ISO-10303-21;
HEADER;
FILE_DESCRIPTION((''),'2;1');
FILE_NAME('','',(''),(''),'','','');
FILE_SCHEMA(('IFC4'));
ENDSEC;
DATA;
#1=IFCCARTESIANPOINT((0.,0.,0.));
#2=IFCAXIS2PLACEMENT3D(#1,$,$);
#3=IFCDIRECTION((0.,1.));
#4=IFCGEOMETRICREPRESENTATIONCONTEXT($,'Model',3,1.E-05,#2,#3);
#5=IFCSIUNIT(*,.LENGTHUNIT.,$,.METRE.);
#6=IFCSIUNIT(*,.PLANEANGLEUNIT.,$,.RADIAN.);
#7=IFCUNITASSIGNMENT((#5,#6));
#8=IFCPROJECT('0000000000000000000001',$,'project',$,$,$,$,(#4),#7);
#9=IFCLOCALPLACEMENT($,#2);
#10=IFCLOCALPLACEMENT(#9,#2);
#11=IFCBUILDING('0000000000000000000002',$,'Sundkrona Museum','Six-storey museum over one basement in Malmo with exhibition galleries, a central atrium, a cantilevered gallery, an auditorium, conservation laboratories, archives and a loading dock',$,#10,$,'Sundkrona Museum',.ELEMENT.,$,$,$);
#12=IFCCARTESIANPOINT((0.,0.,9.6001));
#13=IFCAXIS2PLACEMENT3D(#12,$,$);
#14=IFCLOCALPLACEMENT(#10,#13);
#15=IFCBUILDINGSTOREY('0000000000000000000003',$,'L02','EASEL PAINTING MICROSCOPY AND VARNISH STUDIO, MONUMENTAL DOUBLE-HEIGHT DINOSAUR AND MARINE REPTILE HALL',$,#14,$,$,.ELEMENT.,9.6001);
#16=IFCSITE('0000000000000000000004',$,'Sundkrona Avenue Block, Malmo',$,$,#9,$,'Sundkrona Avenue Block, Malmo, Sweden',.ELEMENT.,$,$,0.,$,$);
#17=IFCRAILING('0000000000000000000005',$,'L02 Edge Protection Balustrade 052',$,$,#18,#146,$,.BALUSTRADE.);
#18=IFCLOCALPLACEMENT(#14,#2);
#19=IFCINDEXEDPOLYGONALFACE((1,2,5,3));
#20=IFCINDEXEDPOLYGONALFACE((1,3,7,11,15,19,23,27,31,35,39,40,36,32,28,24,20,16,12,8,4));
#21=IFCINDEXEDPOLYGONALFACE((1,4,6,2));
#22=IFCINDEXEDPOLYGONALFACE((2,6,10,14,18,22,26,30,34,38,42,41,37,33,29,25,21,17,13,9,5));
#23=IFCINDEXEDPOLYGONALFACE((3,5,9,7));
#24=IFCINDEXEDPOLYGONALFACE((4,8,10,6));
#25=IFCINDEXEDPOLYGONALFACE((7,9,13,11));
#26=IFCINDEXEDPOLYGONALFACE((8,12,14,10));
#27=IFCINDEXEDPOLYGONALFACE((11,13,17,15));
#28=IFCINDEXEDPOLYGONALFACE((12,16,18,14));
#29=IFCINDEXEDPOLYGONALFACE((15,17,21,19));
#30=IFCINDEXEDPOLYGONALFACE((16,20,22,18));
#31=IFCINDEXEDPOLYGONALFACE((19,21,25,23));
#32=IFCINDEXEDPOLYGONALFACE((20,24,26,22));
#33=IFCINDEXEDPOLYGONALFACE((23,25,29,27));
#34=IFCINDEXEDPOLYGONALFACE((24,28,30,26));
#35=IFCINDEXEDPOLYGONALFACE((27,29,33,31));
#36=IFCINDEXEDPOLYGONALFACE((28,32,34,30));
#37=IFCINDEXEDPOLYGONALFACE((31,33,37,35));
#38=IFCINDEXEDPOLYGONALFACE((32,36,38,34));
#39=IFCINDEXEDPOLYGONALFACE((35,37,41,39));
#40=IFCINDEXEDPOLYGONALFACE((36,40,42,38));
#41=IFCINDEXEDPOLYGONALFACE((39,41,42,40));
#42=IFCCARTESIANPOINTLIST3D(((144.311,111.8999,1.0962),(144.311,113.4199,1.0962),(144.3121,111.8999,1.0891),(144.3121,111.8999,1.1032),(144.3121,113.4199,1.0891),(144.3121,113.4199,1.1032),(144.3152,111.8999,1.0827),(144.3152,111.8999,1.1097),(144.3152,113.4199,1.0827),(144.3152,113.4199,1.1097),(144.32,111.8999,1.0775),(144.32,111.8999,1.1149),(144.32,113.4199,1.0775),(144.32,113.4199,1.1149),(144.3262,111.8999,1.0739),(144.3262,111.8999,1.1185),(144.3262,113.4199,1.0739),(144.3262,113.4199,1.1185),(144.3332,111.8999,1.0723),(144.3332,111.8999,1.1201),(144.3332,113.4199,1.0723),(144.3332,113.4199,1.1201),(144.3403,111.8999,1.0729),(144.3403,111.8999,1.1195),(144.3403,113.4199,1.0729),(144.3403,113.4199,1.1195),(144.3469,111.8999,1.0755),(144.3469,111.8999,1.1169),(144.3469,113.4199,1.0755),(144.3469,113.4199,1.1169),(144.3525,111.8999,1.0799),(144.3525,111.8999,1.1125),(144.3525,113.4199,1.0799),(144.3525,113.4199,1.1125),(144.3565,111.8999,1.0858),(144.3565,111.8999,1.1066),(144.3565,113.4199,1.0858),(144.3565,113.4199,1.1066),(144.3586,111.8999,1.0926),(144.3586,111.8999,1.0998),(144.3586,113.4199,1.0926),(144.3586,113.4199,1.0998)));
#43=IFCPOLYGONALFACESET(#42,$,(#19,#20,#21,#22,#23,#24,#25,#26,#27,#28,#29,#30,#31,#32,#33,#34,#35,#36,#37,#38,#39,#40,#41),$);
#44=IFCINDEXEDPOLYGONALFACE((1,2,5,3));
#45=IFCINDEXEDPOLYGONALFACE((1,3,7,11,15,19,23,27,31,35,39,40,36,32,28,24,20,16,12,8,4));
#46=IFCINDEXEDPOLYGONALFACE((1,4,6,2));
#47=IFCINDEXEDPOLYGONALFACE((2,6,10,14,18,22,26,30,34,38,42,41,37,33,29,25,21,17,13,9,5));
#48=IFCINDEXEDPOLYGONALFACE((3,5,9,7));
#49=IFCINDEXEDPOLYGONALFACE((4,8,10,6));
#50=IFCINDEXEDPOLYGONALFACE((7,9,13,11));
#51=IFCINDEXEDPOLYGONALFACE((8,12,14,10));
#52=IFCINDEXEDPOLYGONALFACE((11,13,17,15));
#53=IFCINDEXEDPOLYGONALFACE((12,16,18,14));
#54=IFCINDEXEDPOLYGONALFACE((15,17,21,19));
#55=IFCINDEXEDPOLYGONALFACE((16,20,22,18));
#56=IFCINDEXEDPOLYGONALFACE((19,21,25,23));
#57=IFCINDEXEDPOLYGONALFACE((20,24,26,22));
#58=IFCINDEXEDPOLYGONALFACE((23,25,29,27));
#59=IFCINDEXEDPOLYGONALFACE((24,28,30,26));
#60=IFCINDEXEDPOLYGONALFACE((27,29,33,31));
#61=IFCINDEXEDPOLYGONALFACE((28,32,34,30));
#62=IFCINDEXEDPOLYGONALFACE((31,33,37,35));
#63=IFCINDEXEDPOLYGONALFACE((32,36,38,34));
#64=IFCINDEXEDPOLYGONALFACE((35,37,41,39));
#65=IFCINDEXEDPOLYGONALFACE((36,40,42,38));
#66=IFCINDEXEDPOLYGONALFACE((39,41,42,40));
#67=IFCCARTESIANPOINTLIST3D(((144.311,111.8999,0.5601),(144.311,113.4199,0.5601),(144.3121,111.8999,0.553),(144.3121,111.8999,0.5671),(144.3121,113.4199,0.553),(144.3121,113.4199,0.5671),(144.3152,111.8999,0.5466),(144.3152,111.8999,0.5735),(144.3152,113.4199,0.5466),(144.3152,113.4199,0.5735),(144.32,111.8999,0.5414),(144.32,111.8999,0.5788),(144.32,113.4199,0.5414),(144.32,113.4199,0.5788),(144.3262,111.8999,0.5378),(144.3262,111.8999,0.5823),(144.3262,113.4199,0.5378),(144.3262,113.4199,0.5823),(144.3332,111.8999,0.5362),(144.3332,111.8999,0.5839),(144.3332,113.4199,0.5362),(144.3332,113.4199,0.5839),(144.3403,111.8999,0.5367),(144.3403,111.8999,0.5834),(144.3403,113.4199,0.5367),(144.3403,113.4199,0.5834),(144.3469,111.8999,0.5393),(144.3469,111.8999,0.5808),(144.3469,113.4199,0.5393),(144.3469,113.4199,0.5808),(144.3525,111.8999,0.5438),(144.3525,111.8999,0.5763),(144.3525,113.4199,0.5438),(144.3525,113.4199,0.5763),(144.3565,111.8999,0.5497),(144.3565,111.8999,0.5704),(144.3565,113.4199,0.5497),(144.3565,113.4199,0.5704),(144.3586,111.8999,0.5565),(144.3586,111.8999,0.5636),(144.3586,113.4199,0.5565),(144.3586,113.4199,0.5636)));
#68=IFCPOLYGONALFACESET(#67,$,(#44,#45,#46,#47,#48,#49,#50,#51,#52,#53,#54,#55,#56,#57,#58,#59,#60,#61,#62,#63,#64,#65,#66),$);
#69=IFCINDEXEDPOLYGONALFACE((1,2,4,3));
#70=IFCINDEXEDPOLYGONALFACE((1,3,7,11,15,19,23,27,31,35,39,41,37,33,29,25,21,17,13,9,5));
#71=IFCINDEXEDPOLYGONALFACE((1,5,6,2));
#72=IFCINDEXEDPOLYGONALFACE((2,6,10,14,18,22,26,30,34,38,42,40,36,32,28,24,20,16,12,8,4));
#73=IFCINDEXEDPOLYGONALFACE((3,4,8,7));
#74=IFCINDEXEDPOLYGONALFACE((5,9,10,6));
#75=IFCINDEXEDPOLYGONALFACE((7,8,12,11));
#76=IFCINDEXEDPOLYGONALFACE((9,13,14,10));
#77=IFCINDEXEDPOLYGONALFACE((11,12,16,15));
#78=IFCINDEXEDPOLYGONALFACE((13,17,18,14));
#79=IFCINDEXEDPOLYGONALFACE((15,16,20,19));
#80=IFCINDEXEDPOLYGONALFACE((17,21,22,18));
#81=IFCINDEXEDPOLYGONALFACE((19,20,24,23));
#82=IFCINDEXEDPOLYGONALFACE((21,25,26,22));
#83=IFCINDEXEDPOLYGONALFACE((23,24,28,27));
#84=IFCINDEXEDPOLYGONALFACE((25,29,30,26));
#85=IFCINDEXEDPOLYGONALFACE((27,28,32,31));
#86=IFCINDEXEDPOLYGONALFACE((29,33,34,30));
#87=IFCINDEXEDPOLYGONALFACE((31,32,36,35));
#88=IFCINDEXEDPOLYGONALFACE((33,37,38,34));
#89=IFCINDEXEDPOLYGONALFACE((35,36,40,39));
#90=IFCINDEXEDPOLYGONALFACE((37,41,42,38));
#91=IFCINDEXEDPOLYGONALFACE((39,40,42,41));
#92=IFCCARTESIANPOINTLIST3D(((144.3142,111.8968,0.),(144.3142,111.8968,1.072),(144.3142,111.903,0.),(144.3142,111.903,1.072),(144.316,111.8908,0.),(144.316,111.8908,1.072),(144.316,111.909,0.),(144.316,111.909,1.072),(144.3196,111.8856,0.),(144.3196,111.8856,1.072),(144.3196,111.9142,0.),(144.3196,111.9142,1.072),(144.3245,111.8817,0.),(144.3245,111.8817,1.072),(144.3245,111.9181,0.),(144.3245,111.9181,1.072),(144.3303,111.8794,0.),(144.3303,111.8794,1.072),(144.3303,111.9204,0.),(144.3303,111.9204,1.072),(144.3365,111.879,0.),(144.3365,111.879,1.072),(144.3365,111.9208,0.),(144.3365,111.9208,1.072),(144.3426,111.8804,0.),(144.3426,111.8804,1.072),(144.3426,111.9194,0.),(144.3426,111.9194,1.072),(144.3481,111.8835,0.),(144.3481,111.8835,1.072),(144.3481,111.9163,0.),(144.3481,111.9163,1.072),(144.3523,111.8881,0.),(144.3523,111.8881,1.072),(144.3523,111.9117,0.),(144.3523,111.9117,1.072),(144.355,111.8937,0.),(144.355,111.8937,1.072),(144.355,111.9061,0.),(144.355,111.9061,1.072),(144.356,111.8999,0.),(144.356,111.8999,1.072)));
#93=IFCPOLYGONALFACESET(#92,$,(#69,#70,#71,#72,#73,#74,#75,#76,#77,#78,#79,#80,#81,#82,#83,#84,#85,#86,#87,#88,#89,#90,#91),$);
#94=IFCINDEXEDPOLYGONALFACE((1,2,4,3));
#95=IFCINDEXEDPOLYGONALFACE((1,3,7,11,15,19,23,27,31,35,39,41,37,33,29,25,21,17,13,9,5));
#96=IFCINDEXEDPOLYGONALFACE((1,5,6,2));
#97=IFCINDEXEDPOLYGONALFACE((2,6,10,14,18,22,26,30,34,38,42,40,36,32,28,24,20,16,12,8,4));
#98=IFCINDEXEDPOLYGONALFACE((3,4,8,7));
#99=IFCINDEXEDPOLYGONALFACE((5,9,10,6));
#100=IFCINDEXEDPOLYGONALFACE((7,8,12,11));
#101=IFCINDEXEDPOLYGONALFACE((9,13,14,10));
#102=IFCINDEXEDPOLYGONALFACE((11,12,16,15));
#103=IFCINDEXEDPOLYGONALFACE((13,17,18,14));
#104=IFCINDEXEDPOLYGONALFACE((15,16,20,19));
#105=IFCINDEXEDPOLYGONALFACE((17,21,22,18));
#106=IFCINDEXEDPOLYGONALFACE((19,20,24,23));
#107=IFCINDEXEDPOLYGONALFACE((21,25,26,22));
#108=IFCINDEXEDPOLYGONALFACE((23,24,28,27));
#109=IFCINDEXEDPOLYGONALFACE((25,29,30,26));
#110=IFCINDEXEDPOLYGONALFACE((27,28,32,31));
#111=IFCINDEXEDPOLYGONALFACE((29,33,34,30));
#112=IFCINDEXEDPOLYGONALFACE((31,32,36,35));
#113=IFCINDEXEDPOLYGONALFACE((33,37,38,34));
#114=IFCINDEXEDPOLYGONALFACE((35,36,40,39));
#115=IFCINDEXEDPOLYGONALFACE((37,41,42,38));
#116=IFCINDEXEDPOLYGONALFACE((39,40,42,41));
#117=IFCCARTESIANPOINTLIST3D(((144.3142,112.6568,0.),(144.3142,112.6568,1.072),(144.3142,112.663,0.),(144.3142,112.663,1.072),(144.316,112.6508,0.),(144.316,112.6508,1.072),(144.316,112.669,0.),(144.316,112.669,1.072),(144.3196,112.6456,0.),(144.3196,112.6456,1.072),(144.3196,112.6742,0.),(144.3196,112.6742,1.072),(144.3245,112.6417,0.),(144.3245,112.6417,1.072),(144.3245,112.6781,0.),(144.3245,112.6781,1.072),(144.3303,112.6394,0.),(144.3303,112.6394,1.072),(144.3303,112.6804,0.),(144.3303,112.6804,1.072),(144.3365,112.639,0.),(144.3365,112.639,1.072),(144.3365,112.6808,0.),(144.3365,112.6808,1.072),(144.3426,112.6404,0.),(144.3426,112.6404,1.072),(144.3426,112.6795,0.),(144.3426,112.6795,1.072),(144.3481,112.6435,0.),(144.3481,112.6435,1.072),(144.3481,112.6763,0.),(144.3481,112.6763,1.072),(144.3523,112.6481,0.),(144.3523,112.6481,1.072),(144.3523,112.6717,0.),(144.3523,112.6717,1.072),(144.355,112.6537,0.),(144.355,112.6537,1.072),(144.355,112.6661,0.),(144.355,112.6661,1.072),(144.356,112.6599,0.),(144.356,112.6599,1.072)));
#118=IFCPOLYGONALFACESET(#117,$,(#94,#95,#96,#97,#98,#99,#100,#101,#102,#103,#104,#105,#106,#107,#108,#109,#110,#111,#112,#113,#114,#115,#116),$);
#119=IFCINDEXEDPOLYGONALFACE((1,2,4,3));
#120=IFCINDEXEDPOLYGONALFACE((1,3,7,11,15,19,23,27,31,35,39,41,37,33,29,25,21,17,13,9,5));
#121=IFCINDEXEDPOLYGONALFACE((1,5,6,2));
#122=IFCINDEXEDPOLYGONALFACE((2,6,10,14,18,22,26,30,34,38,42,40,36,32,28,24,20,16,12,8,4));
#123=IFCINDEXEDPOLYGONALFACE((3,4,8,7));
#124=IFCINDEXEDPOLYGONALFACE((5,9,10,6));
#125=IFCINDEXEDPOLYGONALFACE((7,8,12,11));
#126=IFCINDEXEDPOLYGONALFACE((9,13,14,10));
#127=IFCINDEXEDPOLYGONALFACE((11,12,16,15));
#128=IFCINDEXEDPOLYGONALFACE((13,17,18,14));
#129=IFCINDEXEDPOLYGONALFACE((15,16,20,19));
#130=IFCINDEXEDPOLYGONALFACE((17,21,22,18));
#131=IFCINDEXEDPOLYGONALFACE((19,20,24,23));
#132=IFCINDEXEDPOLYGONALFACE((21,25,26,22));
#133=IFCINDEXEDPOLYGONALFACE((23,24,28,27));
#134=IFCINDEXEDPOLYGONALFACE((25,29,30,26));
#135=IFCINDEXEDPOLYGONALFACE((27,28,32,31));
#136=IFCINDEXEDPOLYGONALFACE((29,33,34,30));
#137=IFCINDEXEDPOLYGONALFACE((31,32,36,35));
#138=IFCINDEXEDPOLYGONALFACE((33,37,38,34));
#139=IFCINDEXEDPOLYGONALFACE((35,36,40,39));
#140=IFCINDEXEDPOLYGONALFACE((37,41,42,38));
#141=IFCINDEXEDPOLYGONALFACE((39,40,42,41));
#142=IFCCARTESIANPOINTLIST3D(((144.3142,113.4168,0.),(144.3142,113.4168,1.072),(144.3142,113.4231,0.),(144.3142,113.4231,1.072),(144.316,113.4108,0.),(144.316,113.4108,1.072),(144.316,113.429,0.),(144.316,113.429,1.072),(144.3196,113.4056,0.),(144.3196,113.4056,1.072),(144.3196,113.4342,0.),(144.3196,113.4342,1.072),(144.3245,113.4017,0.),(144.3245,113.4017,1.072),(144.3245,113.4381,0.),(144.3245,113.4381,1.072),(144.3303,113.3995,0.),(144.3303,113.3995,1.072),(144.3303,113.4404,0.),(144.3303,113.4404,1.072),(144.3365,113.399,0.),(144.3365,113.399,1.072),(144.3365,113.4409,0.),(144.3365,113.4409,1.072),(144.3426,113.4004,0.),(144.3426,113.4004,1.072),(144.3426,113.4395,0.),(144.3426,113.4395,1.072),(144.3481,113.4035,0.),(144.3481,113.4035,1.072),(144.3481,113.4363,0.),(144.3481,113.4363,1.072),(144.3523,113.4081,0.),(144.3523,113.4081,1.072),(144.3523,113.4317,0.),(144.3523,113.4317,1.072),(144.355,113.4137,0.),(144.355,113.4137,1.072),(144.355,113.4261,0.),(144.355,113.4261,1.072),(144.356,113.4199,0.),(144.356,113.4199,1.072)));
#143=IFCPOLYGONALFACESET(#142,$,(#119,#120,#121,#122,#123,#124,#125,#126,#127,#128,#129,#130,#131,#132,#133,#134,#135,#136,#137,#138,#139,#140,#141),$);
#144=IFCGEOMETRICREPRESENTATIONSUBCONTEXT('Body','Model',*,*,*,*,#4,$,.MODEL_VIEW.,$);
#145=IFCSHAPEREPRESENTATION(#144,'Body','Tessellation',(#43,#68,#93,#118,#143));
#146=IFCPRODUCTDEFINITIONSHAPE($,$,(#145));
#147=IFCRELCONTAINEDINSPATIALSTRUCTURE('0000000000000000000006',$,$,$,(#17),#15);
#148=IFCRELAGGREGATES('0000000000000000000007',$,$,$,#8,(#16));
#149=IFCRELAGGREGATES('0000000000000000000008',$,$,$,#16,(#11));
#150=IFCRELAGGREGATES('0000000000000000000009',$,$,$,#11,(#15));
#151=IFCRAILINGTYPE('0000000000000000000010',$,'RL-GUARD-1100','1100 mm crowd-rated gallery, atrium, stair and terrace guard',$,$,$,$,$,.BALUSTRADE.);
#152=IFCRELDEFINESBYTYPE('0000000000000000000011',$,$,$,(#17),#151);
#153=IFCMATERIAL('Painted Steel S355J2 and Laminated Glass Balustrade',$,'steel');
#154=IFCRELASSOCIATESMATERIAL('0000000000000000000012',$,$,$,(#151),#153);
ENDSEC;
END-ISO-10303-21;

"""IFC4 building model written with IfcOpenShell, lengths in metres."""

from ifc_helpers import new_model, si_unit, direction, frame, origin, origin_2d, place, context, subcontext, project, spatial, circle, extrude, material, type_object, element, save


model = new_model("IFC4")

# Units and contexts
model_context = context("Model", 3, precision=1e-05, world=origin(), true_north=direction((0.0, 1.0)))
body_context = subcontext(model_context, "Body", "Model", "MODEL_VIEW")
ifc_project = project(units=[si_unit("LENGTHUNIT", "METRE"), si_unit("PLANEANGLEUNIT", "RADIAN")], contexts=[model_context])

# Site, building, storey
site_placement = place(None, origin())
site = spatial("IfcSite", under=ifc_project, at=site_placement, Name="Sundkrona Avenue Block, Malmo", LongName="Sundkrona Avenue Block, Malmo, Sweden", CompositionType="ELEMENT", RefElevation=0.0)
building_placement = place(site_placement, origin())
building = spatial("IfcBuilding", under=site, at=building_placement, Name="Sundkrona Museum", Description="Six-storey museum over one basement in Malmo with exhibition galleries, a central atrium, a cantilevered gallery, an auditorium, conservation laboratories, archives and a loading dock", LongName="Sundkrona Museum", CompositionType="ELEMENT")
storey_placement = place(building_placement, frame((0.0, 0.0, 9.6001)))
storey = spatial("IfcBuildingStorey", under=building, at=storey_placement, Name="L02", Description="EASEL PAINTING MICROSCOPY AND VARNISH STUDIO, MONUMENTAL DOUBLE-HEIGHT DINOSAUR AND MARINE REPTILE HALL", CompositionType="ELEMENT", Elevation=9.6001)

# Railing
ifc_material_1 = material(Name="Painted Steel S355J2 and Laminated Glass Balustrade", Category="steel")
railing_type_1 = type_object("IfcRailingType", Name="RL-GUARD-1100", Description="1100 mm crowd-rated gallery, atrium, stair and terrace guard", PredefinedType="BALUSTRADE", material=ifc_material_1)
railing_1_placement = place(storey_placement, frame((144.335, 111.8999, 0.0)))
element("IfcRailing", 1, at=railing_1_placement, inside=storey, type_object=railing_type_1, Name="L02 Edge Protection Balustrade 052", PredefinedType="BALUSTRADE", context=body_context, shape_type="SweptSolid", body=[
    extrude(circle(Radius=0.0239, at=origin_2d()), frame((0.0, 0.0, 1.0962), z_axis=(0.0, 1.0, 0.0), x_axis=(-1.0, 0.0, 0.0)), (0.0, 0.0, 1.0), 1.52),
    extrude(circle(Radius=0.0239, at=origin_2d()), frame((0.0, 0.0, 0.5601), z_axis=(0.0, 1.0, 0.0), x_axis=(-1.0, 0.0, 0.0)), (0.0, 0.0, 1.0), 1.52),
    extrude(circle(Radius=0.021, at=origin_2d()), origin(), (0.0, 0.0, 1.0), 1.072),
    extrude(circle(Radius=0.021, at=origin_2d()), frame((0.0, 0.76, 0.0)), (0.0, 0.0, 1.0), 1.072),
    extrude(circle(Radius=0.021, at=origin_2d()), frame((0.0, 1.52, 0.0)), (0.0, 0.0, 1.0), 1.072),
])

save(model, "model.ifc")
